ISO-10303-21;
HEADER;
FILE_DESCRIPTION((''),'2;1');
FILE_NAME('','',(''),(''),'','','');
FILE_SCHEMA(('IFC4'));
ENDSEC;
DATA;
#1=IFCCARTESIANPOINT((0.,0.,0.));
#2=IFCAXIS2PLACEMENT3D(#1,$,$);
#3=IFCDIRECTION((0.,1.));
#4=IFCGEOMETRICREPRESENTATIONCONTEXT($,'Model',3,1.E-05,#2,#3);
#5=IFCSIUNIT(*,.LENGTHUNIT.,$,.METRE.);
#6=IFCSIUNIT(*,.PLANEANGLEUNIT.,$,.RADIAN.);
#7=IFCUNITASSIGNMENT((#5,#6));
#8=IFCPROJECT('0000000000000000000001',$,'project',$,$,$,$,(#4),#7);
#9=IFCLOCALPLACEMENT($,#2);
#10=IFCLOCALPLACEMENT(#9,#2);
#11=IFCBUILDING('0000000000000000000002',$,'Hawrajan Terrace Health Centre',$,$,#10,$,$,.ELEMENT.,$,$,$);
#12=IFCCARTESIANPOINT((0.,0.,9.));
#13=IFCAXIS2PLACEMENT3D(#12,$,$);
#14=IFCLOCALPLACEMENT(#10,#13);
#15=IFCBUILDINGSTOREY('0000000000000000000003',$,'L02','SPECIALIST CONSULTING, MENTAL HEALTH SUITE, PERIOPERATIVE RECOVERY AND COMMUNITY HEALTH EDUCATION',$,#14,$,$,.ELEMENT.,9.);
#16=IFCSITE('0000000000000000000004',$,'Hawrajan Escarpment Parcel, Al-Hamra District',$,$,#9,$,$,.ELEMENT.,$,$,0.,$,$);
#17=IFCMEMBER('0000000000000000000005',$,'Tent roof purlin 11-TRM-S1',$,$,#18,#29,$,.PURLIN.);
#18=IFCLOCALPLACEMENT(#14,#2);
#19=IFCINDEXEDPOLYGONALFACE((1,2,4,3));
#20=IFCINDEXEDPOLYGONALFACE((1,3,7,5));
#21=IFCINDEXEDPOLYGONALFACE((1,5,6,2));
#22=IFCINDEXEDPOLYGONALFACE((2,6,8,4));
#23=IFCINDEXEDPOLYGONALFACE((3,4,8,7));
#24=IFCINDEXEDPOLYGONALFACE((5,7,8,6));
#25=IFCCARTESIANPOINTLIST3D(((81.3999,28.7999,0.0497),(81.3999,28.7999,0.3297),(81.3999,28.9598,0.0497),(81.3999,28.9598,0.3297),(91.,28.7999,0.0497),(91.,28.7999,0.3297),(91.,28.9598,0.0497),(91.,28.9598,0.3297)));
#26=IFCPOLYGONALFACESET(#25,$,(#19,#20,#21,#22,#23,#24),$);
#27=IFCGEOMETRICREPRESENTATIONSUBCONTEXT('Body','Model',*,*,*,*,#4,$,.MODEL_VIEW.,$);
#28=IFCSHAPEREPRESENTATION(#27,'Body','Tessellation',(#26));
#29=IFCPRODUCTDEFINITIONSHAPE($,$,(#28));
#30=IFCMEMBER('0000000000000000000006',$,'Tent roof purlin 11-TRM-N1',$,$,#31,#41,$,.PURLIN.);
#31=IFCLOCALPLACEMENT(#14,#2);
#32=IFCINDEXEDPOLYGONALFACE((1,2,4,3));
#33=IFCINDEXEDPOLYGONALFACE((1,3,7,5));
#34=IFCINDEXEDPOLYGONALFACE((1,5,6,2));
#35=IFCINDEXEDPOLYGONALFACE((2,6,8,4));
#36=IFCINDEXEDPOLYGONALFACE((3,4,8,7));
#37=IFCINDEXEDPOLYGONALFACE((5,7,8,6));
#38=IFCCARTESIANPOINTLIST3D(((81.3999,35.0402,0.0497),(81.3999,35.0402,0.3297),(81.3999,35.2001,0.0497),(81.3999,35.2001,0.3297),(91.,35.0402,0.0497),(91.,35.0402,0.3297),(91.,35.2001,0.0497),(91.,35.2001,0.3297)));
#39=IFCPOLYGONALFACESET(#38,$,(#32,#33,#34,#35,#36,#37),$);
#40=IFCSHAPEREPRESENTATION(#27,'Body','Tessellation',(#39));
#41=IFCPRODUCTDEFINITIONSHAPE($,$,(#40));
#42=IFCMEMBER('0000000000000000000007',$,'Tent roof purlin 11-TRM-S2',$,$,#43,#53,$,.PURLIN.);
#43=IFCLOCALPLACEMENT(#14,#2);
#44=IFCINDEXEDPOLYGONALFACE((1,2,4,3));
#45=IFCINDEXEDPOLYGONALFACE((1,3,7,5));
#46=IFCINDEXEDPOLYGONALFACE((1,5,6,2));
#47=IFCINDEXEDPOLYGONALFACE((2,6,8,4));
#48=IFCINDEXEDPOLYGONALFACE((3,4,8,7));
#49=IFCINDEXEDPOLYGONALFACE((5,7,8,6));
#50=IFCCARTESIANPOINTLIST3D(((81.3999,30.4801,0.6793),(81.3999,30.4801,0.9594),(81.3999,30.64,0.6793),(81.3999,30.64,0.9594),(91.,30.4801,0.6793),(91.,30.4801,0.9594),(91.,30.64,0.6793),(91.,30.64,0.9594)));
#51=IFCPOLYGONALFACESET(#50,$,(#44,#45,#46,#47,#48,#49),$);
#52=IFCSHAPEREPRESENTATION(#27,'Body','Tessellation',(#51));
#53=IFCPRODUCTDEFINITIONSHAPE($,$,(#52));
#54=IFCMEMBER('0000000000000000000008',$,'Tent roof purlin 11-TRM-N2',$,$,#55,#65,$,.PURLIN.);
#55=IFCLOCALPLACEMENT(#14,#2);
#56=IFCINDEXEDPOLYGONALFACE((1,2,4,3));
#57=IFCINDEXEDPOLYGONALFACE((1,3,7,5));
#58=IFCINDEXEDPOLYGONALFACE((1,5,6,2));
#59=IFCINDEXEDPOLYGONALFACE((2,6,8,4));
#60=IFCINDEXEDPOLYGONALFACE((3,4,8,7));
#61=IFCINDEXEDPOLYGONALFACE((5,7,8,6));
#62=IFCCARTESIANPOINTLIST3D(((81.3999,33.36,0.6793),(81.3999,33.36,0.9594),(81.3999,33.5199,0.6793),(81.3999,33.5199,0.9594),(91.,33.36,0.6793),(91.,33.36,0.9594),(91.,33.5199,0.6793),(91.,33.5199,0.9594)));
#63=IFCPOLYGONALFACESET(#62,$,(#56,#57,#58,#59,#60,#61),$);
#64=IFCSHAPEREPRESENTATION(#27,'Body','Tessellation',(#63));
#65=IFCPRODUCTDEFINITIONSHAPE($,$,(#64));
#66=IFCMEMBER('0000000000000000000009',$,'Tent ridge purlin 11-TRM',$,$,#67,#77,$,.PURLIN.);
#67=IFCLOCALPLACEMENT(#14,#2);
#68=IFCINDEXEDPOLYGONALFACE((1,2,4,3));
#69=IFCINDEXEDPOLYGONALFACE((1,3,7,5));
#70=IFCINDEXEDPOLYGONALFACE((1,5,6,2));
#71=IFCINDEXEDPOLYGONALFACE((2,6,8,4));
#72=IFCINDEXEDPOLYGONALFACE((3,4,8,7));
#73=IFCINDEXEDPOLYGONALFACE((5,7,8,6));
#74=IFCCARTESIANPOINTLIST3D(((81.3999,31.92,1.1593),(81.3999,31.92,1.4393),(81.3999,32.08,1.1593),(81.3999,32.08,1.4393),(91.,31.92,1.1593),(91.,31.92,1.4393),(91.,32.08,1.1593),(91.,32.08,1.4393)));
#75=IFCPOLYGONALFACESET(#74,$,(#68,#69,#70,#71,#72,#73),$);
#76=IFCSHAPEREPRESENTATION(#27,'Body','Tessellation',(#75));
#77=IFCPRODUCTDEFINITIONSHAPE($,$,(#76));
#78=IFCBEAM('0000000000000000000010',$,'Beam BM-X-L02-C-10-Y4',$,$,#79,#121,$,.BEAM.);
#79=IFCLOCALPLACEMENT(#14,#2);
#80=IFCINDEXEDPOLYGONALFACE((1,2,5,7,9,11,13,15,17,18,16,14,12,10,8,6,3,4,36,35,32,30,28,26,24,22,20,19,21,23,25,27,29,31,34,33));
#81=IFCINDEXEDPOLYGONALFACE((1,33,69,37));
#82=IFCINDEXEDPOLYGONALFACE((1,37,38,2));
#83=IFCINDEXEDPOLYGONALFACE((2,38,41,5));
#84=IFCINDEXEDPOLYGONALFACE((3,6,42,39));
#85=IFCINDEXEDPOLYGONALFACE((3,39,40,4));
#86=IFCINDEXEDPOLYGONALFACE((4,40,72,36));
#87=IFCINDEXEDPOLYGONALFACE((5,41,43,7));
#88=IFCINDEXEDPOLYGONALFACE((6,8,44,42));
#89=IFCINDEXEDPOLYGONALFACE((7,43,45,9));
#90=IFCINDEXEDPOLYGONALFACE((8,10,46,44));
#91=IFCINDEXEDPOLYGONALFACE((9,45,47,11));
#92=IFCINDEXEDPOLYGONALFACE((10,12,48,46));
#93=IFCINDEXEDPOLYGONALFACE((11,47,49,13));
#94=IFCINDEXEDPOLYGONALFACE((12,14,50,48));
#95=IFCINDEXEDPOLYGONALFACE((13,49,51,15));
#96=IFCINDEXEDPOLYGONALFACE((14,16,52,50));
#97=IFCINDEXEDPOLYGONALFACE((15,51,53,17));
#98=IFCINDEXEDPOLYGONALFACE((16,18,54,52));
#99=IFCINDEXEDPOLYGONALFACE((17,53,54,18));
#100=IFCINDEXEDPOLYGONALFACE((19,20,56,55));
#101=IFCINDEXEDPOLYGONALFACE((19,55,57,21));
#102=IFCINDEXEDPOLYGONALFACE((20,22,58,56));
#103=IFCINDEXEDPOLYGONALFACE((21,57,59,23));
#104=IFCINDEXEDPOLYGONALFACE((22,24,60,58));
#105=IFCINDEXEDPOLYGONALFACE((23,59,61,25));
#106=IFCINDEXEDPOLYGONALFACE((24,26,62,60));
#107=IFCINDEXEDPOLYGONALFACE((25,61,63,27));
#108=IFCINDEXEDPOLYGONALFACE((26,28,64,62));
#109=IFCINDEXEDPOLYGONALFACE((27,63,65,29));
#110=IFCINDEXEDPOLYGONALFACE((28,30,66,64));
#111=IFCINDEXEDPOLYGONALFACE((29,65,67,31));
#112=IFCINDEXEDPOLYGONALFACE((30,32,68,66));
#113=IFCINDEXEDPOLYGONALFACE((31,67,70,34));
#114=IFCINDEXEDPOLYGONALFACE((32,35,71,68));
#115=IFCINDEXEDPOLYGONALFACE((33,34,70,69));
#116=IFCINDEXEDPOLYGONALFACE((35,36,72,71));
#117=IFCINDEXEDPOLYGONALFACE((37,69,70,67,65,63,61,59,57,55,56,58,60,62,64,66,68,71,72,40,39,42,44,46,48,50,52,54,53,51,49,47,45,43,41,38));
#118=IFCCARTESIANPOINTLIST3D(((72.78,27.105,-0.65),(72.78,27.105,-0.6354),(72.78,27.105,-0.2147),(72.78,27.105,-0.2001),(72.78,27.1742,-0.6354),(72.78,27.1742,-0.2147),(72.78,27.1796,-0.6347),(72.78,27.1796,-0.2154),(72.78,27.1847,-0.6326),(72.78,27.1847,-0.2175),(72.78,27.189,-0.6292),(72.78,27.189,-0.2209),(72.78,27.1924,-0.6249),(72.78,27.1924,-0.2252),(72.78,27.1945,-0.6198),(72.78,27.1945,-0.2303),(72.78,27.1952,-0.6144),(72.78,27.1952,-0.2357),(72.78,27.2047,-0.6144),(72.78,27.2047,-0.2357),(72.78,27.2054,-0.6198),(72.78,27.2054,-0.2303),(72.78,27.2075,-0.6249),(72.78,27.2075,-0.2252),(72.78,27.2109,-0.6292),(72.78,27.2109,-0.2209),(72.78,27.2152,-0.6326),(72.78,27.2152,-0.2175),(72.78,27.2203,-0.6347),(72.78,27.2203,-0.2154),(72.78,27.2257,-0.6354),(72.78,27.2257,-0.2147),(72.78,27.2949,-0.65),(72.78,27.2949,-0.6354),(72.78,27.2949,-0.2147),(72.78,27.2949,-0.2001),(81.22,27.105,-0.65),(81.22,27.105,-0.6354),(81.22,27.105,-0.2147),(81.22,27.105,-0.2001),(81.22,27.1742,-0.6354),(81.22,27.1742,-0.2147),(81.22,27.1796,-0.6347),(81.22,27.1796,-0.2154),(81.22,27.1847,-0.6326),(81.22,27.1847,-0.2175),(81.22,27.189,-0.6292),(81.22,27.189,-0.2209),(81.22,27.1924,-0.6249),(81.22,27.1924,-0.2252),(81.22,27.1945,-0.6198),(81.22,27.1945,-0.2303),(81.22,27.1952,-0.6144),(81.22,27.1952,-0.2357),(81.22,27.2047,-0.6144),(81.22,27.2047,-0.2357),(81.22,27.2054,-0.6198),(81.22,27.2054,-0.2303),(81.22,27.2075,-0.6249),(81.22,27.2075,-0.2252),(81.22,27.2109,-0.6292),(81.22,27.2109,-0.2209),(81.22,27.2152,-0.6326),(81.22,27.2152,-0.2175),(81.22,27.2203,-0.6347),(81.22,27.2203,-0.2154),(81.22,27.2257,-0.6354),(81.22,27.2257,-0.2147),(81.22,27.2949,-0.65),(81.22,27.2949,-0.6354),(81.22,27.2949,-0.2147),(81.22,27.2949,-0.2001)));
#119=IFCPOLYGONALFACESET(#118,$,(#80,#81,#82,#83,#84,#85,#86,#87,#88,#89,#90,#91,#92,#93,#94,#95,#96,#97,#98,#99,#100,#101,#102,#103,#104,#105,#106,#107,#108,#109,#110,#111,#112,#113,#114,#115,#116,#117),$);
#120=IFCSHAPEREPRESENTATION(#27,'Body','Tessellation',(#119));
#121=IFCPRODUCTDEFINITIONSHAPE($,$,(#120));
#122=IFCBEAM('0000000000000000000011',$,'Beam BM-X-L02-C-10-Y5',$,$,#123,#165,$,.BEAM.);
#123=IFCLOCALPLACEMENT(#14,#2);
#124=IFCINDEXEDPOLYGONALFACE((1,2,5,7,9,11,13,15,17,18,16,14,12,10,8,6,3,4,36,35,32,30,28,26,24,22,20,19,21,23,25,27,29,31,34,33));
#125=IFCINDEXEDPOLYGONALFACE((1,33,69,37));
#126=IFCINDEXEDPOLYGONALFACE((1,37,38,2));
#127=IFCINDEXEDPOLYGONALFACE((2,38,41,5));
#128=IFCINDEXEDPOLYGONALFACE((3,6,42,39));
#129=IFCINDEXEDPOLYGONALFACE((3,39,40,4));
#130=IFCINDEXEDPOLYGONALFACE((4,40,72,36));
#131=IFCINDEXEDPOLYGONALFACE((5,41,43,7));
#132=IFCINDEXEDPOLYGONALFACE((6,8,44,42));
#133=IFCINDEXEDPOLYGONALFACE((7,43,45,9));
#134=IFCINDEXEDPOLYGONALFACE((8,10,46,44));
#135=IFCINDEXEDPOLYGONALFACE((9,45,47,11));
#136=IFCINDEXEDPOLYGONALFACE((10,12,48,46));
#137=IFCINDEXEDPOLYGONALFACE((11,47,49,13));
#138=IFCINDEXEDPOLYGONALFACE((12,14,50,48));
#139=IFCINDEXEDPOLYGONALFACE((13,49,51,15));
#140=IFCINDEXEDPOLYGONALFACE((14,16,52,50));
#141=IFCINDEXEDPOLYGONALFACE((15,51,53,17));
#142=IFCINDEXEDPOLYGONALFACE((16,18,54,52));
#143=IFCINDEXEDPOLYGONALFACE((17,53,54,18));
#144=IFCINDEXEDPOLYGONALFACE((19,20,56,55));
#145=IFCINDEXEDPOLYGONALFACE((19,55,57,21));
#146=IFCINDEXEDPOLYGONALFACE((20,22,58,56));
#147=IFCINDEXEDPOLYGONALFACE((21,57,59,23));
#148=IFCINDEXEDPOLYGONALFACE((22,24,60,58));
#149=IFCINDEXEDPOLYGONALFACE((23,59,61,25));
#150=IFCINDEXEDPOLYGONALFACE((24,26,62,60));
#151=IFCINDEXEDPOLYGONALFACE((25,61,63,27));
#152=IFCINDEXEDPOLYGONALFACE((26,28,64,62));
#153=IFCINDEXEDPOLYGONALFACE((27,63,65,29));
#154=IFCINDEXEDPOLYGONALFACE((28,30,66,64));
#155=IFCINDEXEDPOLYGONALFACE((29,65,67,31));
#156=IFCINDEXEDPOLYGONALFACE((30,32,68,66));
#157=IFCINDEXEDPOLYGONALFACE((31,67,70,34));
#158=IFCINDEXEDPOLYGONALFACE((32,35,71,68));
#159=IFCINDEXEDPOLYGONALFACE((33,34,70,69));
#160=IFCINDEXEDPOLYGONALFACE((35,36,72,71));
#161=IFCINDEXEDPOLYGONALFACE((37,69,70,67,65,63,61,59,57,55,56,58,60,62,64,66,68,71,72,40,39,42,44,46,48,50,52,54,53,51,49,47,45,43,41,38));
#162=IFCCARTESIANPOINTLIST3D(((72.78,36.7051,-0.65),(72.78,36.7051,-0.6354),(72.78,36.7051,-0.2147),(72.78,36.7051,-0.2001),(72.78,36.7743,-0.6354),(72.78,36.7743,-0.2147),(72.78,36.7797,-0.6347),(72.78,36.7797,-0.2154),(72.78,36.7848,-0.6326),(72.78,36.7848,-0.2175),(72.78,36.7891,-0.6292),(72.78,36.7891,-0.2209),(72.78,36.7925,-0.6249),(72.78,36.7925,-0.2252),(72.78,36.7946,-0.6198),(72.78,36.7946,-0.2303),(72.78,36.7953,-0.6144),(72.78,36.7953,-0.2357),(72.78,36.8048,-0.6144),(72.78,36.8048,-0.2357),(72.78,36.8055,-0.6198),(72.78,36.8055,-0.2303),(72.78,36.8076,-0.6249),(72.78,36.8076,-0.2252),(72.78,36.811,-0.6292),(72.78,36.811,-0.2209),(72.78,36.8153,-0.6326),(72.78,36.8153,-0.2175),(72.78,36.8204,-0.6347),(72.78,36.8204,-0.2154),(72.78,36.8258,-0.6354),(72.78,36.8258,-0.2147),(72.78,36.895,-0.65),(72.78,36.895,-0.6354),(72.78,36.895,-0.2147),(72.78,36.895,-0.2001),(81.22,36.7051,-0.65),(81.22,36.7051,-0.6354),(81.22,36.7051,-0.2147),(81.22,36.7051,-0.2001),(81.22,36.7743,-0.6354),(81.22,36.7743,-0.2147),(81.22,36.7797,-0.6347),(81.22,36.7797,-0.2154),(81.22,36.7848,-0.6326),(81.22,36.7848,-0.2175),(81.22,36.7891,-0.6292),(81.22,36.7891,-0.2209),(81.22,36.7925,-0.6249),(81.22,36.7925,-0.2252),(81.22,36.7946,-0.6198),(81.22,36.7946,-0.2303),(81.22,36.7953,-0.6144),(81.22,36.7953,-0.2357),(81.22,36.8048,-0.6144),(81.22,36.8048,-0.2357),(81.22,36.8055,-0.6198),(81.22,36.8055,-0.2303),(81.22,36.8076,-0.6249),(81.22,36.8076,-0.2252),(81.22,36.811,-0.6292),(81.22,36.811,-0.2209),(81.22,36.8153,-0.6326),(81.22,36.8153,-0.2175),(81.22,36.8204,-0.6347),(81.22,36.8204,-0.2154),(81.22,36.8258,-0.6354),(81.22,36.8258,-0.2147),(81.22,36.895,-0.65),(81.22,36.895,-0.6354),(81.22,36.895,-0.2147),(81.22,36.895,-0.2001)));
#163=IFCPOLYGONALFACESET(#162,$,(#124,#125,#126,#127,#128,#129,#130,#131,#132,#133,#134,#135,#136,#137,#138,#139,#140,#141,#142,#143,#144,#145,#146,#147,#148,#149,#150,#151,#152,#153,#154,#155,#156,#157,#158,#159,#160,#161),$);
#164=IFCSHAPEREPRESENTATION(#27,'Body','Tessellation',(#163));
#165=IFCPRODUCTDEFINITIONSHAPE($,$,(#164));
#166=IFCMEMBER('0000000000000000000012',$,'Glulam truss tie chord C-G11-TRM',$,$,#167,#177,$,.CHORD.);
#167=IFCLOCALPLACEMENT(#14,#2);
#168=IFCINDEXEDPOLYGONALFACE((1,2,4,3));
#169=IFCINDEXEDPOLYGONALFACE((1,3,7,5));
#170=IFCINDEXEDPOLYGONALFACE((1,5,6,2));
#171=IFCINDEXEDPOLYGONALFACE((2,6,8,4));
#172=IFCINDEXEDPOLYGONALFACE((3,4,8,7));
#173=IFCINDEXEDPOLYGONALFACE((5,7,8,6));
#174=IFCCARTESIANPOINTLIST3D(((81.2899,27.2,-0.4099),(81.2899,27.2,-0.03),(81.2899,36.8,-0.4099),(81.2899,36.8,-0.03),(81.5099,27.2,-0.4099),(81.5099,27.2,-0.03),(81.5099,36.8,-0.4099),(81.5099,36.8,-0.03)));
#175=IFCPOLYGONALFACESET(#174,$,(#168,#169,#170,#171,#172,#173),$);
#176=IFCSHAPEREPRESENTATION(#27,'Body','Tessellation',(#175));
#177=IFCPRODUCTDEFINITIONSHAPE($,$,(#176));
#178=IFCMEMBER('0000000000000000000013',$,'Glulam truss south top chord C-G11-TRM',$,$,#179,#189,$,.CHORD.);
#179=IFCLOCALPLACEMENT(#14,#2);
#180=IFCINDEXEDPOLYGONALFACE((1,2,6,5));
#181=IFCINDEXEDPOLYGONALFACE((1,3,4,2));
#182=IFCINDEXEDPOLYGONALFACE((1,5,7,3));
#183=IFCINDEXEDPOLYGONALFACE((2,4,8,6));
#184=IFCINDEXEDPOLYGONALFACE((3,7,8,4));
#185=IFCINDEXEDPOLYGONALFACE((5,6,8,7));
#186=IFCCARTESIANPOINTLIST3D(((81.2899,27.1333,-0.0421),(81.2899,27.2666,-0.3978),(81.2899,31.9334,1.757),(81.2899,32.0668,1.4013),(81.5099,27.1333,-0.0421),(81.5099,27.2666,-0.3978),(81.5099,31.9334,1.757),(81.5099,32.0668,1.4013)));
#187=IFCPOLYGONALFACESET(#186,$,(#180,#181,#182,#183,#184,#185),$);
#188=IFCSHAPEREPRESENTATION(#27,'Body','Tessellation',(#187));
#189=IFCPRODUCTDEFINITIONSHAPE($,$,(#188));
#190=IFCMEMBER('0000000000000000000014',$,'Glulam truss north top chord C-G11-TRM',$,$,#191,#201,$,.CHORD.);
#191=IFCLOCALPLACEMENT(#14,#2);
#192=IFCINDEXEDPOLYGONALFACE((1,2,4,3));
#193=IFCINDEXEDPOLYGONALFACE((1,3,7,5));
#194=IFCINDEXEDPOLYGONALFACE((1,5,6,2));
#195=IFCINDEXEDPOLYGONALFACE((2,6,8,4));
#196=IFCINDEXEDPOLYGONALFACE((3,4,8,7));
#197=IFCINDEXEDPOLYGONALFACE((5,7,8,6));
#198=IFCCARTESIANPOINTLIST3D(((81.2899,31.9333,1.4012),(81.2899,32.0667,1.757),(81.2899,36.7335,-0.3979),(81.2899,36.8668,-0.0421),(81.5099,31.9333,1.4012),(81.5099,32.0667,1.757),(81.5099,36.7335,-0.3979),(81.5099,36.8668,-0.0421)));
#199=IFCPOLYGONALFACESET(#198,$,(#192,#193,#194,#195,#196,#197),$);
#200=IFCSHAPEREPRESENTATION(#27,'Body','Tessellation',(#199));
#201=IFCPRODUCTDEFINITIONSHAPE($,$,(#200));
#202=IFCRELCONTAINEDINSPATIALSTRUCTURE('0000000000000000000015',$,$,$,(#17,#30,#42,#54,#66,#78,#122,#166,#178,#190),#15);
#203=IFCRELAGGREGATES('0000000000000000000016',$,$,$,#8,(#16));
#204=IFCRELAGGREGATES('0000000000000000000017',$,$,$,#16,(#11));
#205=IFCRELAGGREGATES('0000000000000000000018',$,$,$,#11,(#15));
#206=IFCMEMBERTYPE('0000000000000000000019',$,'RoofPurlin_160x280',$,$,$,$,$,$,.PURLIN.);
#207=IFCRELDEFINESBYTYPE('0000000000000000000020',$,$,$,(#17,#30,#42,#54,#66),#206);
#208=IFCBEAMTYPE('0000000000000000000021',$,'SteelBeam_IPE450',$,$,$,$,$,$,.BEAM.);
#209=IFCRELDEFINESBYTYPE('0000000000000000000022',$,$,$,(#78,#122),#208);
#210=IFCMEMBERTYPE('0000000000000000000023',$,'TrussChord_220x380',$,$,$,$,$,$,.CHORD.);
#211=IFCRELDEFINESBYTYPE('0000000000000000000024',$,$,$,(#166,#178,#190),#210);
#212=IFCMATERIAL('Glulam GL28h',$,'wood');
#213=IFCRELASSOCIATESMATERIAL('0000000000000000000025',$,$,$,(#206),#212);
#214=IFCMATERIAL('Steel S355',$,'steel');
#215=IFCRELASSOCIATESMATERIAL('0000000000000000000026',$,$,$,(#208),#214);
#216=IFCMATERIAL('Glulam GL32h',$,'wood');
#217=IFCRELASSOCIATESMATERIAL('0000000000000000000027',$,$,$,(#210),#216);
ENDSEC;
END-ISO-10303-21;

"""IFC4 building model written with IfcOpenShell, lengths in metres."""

from ifc_helpers import new_model, si_unit, direction, frame, origin, origin_2d, place, context, subcontext, project, spatial, rectangle, i_section, extrude, material, material_profile, profile_set, type_object, element, save


model = new_model("IFC4")

# Units and contexts
model_context = context("Model", 3, precision=1e-05, world=origin(), true_north=direction((0.0, 1.0)))
body_context = subcontext(model_context, "Body", "Model", "MODEL_VIEW")
ifc_project = project(units=[si_unit("LENGTHUNIT", "METRE"), si_unit("PLANEANGLEUNIT", "RADIAN")], contexts=[model_context])

# Site, building, storey
site_placement = place(None, origin())
site = spatial("IfcSite", under=ifc_project, at=site_placement, Name="Hawrajan Escarpment Parcel, Al-Hamra District", CompositionType="ELEMENT", RefElevation=0.0)
building_placement = place(site_placement, origin())
building = spatial("IfcBuilding", under=site, at=building_placement, Name="Hawrajan Terrace Health Centre", CompositionType="ELEMENT")
storey_placement = place(building_placement, frame((0.0, 0.0, 9.0)))
storey = spatial("IfcBuildingStorey", under=building, at=storey_placement, Name="L02", Description="SPECIALIST CONSULTING, MENTAL HEALTH SUITE, PERIOPERATIVE RECOVERY AND COMMUNITY HEALTH EDUCATION", CompositionType="ELEMENT", Elevation=9.0)

# Members
ifc_material_1 = material(Name="Glulam GL28h", Category="wood")
ifc_material_profile_1 = material_profile(ifc_material_1, rectangle(XDim=0.1599, YDim=0.28, at=origin_2d()), Name="GL PUR 160x280")
ifc_profile_set_1 = profile_set([ifc_material_profile_1], Name="Glulam GL28h")
member_type_1 = type_object("IfcMemberType", Name="RoofPurlin_160x280", PredefinedType="PURLIN", material=ifc_profile_set_1)
for number, where, z_axis, x_axis, name in (
    (1, (81.3999, 28.8799, 0.1897), (1.0, 0.0, 0.0), (0.0, 1.0, 0.0), "Tent roof purlin 11-TRM-S1"),
    (2, (81.3999, 35.1201, 0.1897), (1.0, 0.0, 0.0), (0.0, 1.0, 0.0), "Tent roof purlin 11-TRM-N1"),
    (3, (81.3999, 30.5601, 0.8193), (1.0, 0.0, 0.0), (0.0, 1.0, 0.0), "Tent roof purlin 11-TRM-S2"),
    (4, (81.3999, 33.4399, 0.8193), (1.0, 0.0, 0.0), (0.0, 1.0, 0.0), "Tent roof purlin 11-TRM-N2"),
    (5, (81.3999, 32.0, 1.2993), (1.0, 0.0, 0.0), (0.0, 1.0, 0.0), "Tent ridge purlin 11-TRM"),
):
    element("IfcMember", number, at=place(storey_placement, frame(where, z_axis=z_axis, x_axis=x_axis)), inside=storey, type_object=member_type_1, Name=name, PredefinedType="PURLIN", context=body_context, shape_type="SweptSolid", body=[
        extrude(rectangle(XDim=0.1599, YDim=0.28, at=origin_2d()), origin(), (0.0, 0.0, 1.0), 9.6001),
    ])

# Beams
ifc_material_2 = material(Name="Steel S355", Category="steel")
ifc_material_profile_2 = material_profile(ifc_material_2, i_section(OverallWidth=0.1899, OverallDepth=0.45, WebThickness=0.0095, FlangeThickness=0.0146, FilletRadius=0.021, at=origin_2d()), Name="IPE 450")
ifc_profile_set_2 = profile_set([ifc_material_profile_2], Name="Steel S355")
beam_type = type_object("IfcBeamType", Name="SteelBeam_IPE450", PredefinedType="BEAM", material=ifc_profile_set_2)
for number, where, z_axis, x_axis, name in (
    (6, (72.78, 27.2, -0.425), (1.0, 0.0, 0.0), (0.0, 1.0, 0.0), "Beam BM-X-L02-C-10-Y4"),
    (7, (72.78, 36.8, -0.425), (1.0, 0.0, 0.0), (0.0, 1.0, 0.0), "Beam BM-X-L02-C-10-Y5"),
):
    element("IfcBeam", number, at=place(storey_placement, frame(where, z_axis=z_axis, x_axis=x_axis)), inside=storey, type_object=beam_type, Name=name, PredefinedType="BEAM", context=body_context, shape_type="SweptSolid", body=[
        extrude(i_section(OverallWidth=0.1899, OverallDepth=0.45, WebThickness=0.0095, FlangeThickness=0.0146, FilletRadius=0.021, at=origin_2d()), origin(), (0.0, 0.0, 1.0), 8.4399),
    ])

# Members
ifc_material_3 = material(Name="Glulam GL32h", Category="wood")
ifc_material_profile_3 = material_profile(ifc_material_3, rectangle(XDim=0.22, YDim=0.3799, at=origin_2d()), Name="GL CHD 220x380")
ifc_profile_set_3 = profile_set([ifc_material_profile_3], Name="Glulam GL32h")
member_type_2 = type_object("IfcMemberType", Name="TrussChord_220x380", PredefinedType="CHORD", material=ifc_profile_set_3)
member_1_placement = place(storey_placement, frame((81.3999, 27.2, -0.22), z_axis=(0.0, 1.0, 0.0), x_axis=(-1.0, 0.0, 0.0)))
element("IfcMember", 8, at=member_1_placement, inside=storey, type_object=member_type_2, Name="Glulam truss tie chord C-G11-TRM", PredefinedType="CHORD", context=body_context, shape_type="SweptSolid", body=[
    extrude(rectangle(XDim=0.22, YDim=0.3799, at=origin_2d()), origin(), (0.0, 0.0, 1.0), 9.6001),
])
for number, where, z_axis, x_axis, name in (
    (9, (81.3999, 27.2, -0.22), (0.0, 0.93639, 0.350962), (-1.0, 0.0, 0.0), "Glulam truss south top chord C-G11-TRM"),
    (10, (81.3999, 32.0, 1.5791), (0.0, 0.93639, -0.350962), (-1.0, 0.0, 0.0), "Glulam truss north top chord C-G11-TRM"),
):
    element("IfcMember", number, at=place(storey_placement, frame(where, z_axis=z_axis, x_axis=x_axis)), inside=storey, type_object=member_type_2, Name=name, PredefinedType="CHORD", context=body_context, shape_type="SweptSolid", body=[
        extrude(rectangle(XDim=0.22, YDim=0.3799, at=origin_2d()), origin(), (0.0, 0.0, 1.0), 5.1262),
    ])

save(model, "model.ifc")
